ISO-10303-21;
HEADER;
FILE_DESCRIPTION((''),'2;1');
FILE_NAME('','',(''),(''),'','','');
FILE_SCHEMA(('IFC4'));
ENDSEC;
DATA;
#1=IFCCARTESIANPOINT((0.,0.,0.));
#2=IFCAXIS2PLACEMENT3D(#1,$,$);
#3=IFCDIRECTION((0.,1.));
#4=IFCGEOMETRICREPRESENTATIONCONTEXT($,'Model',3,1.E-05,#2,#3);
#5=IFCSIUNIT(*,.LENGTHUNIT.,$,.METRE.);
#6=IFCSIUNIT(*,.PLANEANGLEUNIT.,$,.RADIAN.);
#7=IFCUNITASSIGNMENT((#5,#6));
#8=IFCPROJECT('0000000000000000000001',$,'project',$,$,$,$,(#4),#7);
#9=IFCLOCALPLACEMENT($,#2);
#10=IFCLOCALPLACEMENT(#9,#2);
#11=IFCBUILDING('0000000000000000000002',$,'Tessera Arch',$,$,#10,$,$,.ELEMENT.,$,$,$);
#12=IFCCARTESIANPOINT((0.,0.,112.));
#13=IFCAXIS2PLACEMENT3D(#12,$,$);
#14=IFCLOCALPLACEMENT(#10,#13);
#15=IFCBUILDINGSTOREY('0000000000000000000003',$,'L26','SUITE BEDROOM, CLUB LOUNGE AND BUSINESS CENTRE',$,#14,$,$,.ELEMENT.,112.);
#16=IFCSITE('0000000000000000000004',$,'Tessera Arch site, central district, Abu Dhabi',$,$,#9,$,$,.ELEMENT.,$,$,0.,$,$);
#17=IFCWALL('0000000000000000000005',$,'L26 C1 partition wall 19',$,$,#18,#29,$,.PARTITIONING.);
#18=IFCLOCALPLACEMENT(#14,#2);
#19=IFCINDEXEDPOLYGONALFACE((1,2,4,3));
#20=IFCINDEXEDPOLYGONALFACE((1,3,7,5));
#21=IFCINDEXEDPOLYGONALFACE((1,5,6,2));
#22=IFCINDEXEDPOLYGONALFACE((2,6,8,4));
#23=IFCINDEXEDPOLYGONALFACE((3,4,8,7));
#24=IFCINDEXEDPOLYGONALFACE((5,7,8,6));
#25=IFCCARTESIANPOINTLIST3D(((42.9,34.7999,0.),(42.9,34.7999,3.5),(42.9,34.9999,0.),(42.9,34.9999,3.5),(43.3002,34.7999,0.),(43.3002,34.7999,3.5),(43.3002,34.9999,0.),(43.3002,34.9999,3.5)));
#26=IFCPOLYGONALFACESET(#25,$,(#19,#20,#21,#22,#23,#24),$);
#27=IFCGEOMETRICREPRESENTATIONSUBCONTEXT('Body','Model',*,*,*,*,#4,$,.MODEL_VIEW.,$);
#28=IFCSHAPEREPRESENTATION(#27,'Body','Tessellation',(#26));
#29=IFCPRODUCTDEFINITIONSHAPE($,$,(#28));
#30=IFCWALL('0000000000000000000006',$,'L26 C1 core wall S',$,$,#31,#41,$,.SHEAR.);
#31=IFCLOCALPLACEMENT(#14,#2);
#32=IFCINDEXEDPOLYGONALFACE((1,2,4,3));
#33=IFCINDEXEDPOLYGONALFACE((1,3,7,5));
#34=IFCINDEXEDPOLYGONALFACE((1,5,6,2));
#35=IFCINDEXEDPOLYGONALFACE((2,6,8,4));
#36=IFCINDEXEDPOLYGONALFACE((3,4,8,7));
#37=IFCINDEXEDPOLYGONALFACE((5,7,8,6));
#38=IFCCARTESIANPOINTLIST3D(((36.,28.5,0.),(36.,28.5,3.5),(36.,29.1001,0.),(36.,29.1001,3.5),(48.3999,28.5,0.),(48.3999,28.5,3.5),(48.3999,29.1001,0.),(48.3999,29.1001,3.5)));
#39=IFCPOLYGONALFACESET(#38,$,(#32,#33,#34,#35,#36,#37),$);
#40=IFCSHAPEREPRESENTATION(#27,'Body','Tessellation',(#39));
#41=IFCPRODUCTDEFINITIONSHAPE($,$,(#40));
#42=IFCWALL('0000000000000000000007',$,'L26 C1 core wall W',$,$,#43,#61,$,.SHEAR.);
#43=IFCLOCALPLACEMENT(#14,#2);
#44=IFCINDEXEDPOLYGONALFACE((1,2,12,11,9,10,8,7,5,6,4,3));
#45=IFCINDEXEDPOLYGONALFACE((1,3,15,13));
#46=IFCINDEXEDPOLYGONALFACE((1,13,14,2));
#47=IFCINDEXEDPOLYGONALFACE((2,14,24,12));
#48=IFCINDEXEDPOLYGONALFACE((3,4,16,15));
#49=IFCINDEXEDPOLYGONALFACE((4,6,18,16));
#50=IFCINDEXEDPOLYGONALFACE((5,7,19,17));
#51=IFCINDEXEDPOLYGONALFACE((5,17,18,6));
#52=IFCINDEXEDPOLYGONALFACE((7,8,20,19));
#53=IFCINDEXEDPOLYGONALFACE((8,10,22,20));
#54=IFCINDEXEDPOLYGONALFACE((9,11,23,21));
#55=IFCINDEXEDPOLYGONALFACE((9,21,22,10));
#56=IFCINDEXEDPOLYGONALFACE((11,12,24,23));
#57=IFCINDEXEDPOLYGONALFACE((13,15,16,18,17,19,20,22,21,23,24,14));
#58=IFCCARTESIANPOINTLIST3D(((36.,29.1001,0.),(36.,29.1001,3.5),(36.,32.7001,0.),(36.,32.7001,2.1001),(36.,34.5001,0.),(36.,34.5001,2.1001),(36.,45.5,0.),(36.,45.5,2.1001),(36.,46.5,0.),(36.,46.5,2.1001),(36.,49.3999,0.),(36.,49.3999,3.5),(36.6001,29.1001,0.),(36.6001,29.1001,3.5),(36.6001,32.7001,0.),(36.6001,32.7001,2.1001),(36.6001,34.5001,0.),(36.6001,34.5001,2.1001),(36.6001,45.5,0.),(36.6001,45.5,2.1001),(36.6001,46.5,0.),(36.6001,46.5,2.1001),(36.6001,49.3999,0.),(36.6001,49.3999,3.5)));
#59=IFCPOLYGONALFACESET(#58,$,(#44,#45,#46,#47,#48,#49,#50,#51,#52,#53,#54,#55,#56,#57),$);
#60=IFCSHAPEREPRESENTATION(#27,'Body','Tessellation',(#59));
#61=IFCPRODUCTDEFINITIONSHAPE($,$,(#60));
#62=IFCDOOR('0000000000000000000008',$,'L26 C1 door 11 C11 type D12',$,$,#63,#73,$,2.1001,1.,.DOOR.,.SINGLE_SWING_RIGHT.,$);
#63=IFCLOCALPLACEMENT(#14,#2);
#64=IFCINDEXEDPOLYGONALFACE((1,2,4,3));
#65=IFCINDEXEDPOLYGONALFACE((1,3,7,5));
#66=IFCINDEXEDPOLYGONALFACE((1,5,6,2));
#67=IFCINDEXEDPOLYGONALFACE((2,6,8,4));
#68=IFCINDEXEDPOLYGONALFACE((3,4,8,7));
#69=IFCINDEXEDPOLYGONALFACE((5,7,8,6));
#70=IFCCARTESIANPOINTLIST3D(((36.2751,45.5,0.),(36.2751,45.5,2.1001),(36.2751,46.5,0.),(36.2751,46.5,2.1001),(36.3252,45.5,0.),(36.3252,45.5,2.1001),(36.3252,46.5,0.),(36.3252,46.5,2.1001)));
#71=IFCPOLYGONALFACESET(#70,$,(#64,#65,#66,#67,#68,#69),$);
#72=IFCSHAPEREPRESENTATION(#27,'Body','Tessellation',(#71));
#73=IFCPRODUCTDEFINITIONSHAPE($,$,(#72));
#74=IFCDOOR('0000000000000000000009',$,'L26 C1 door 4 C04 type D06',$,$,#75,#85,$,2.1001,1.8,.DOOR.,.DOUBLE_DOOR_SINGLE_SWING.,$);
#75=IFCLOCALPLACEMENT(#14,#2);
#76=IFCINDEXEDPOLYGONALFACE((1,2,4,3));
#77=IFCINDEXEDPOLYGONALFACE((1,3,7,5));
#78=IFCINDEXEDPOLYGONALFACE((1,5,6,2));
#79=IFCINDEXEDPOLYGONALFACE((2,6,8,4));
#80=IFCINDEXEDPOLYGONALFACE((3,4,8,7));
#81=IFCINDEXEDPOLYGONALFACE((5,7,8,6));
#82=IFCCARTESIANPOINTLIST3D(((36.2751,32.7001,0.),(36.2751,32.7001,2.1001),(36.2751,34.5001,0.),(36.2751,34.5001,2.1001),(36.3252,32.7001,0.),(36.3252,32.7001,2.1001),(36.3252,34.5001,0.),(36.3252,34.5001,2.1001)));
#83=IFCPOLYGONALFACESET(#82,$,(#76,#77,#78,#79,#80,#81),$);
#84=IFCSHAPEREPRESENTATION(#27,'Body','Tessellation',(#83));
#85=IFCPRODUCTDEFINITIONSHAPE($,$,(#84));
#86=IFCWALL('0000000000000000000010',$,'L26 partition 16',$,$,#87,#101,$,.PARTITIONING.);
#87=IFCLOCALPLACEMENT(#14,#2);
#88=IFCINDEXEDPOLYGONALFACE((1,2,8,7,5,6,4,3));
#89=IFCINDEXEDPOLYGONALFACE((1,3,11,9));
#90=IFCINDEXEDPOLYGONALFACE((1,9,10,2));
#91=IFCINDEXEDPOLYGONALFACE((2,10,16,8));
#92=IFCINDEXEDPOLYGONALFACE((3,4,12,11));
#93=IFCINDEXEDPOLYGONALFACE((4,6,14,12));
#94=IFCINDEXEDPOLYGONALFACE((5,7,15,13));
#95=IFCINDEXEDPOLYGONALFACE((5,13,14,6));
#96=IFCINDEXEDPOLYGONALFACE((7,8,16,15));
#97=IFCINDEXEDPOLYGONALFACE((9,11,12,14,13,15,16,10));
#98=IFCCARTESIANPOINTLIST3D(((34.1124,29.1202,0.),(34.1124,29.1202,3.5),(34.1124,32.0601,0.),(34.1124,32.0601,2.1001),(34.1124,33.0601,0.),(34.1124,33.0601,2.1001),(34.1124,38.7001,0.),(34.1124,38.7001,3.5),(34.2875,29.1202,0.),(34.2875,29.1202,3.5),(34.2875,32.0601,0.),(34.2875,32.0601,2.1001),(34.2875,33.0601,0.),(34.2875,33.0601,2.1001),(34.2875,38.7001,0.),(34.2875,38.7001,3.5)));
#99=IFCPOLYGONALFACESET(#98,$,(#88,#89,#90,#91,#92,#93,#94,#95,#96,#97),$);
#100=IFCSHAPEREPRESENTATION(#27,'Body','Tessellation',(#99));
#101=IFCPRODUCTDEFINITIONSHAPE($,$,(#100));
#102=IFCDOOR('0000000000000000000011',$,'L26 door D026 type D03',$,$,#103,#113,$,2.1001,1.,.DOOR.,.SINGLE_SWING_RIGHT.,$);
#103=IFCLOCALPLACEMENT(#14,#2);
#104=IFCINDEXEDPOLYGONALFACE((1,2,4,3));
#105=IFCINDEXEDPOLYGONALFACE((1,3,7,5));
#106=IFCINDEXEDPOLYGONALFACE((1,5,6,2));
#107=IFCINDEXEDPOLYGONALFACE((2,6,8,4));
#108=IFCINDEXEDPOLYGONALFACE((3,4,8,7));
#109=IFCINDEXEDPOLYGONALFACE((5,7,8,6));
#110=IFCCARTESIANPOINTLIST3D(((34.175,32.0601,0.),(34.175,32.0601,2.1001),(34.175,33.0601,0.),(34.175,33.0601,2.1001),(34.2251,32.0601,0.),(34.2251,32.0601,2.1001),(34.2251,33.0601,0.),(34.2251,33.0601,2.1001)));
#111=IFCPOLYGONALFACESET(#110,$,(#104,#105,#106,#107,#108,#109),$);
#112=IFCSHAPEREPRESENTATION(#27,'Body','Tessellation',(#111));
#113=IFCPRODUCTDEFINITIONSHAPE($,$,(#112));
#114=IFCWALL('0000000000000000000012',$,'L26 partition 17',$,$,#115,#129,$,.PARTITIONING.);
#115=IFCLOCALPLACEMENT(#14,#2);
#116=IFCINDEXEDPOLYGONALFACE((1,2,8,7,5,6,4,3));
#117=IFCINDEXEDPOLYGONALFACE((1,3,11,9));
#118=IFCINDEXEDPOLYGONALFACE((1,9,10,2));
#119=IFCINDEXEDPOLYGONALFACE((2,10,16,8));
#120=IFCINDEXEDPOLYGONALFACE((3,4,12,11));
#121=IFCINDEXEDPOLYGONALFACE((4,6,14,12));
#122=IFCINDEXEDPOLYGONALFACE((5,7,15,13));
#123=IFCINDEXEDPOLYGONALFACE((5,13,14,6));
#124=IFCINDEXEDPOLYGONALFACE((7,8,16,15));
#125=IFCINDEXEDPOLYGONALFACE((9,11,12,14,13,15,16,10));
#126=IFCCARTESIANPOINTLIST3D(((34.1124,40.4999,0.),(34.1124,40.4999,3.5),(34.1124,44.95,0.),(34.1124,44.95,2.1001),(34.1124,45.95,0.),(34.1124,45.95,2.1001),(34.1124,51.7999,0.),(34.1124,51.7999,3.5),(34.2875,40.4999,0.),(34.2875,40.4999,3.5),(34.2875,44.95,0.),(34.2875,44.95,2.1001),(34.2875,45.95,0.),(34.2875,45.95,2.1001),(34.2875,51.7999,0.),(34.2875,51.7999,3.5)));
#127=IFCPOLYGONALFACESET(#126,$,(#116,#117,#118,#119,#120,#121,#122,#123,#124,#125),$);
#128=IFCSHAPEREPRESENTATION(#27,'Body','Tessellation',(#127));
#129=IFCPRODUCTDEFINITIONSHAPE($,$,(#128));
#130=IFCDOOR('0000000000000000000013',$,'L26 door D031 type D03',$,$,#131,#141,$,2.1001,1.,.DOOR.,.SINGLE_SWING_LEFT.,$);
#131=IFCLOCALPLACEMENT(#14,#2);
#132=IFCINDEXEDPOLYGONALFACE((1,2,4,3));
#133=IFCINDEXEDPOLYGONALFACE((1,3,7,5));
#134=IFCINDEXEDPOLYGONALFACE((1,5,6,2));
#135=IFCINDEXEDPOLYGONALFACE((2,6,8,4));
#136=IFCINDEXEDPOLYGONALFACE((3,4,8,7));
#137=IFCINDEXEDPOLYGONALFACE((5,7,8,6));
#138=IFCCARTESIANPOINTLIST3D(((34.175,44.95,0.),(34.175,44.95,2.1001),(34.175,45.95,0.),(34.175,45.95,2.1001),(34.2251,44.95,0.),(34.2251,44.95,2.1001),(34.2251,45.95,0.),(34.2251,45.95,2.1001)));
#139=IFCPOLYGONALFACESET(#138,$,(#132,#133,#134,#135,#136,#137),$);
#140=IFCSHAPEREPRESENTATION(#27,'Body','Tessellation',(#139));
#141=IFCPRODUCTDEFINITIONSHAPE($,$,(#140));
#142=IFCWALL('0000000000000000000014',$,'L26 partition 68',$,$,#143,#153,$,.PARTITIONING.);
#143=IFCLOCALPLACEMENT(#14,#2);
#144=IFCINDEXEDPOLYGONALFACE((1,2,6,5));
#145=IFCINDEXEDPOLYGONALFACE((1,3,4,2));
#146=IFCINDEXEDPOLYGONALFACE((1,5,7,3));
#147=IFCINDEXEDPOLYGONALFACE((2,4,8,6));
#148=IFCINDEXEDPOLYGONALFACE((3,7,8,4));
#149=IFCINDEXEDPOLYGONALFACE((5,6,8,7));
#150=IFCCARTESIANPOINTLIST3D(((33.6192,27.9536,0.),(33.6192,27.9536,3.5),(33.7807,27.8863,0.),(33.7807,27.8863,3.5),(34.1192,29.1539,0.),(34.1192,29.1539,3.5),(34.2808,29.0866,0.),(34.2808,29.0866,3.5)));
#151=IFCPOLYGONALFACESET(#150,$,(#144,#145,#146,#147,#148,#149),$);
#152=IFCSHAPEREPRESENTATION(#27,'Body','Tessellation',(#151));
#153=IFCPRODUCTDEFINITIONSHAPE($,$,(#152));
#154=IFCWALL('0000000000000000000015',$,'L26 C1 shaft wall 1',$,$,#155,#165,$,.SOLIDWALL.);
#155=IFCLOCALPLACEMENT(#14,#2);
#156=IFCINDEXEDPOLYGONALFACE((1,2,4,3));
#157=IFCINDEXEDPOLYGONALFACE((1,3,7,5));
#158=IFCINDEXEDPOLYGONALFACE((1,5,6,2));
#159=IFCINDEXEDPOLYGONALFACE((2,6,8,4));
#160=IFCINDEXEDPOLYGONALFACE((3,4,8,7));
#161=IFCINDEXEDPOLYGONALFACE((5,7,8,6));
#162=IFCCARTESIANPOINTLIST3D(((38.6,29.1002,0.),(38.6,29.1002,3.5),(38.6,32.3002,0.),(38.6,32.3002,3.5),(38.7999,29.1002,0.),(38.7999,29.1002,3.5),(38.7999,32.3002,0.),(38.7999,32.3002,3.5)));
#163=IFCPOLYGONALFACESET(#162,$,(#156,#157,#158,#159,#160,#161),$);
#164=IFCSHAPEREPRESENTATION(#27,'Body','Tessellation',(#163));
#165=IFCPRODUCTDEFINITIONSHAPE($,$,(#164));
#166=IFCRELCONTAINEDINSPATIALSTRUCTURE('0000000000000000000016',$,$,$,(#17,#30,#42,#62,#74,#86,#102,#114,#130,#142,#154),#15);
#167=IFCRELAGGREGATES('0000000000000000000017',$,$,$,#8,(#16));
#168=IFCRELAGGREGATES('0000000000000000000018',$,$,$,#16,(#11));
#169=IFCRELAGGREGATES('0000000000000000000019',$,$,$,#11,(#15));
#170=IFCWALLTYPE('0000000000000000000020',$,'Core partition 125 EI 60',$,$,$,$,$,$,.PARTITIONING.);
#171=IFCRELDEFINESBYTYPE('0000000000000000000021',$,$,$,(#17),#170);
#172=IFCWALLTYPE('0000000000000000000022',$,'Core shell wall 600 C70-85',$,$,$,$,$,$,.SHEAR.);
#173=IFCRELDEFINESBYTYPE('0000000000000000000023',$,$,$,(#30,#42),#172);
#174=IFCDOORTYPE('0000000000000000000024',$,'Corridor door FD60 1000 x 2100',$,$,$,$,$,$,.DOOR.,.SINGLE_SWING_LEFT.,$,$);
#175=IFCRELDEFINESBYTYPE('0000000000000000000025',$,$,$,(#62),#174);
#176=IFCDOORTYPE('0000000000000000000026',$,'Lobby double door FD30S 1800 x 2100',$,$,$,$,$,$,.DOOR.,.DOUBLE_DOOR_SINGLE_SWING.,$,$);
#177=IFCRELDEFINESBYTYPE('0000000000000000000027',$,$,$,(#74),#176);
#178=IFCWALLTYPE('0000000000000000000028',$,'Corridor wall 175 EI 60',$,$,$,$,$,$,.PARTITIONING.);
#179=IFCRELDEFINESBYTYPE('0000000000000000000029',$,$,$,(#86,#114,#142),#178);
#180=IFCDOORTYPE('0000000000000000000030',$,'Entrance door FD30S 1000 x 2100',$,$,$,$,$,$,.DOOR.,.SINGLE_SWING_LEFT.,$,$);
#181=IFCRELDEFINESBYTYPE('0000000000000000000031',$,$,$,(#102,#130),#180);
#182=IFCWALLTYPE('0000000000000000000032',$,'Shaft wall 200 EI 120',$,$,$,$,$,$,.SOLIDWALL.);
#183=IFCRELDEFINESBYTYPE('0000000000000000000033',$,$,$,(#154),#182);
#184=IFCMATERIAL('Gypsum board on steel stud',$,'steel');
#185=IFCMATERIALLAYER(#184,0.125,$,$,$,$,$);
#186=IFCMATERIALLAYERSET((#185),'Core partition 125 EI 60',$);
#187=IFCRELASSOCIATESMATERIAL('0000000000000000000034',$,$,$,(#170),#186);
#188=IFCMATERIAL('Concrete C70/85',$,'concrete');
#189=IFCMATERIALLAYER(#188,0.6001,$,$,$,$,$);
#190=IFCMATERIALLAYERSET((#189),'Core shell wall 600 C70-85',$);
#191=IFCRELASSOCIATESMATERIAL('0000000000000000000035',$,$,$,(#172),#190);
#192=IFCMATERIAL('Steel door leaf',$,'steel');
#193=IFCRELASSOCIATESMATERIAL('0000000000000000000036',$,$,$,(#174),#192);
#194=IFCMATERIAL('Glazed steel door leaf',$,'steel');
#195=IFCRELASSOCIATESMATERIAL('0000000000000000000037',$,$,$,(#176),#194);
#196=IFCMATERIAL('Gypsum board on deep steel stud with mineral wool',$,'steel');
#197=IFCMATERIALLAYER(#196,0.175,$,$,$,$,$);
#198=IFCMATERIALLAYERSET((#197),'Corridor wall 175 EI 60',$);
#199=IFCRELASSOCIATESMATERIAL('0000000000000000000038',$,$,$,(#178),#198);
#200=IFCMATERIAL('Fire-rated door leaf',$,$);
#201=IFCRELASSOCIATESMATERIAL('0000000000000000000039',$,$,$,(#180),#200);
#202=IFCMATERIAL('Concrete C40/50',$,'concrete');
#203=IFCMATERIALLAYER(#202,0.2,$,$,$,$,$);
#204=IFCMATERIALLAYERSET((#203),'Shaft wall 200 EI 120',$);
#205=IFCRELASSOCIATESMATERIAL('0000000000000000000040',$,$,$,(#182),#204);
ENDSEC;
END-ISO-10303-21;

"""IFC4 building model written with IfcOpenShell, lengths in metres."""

from ifc_helpers import new_model, si_unit, direction, frame, frame_2d, origin, place, context, subcontext, project, spatial, rectangle, extrude, material, layer, layer_set, type_object, element, fill, save


model = new_model("IFC4")

# Units and contexts
model_context = context("Model", 3, precision=1e-05, world=origin(), true_north=direction((0.0, 1.0)))
body_context = subcontext(model_context, "Body", "Model", "MODEL_VIEW")
ifc_project = project(units=[si_unit("LENGTHUNIT", "METRE"), si_unit("PLANEANGLEUNIT", "RADIAN")], contexts=[model_context])

# Site, building, storey
site_placement = place(None, origin())
site = spatial("IfcSite", under=ifc_project, at=site_placement, Name="Tessera Arch site, central district, Abu Dhabi", CompositionType="ELEMENT", RefElevation=0.0)
building_placement = place(site_placement, origin())
building = spatial("IfcBuilding", under=site, at=building_placement, Name="Tessera Arch", CompositionType="ELEMENT")
storey_placement = place(building_placement, frame((0.0, 0.0, 112.0)))
storey = spatial("IfcBuildingStorey", under=building, at=storey_placement, Name="L26", Description="SUITE BEDROOM, CLUB LOUNGE AND BUSINESS CENTRE", CompositionType="ELEMENT", Elevation=112.0)

# Walls
ifc_material_1 = material(Name="Gypsum board on steel stud", Category="steel")
ifc_layer_1 = layer(ifc_material_1, 0.125)
ifc_layer_set_1 = layer_set([ifc_layer_1], Name="Core partition 125 EI 60")
wall_type_1 = type_object("IfcWallType", Name="Core partition 125 EI 60", PredefinedType="PARTITIONING", material=ifc_layer_set_1)
wall_1_placement = place(storey_placement, frame((42.8999, 34.8999, 0.0), z_axis=(0.0, 0.0, 1.0), x_axis=(1.0, 0.0, 0.0)))
element("IfcWall", 1, at=wall_1_placement, inside=storey, type_object=wall_type_1, Name="L26 C1 partition wall 19", PredefinedType="PARTITIONING", context=body_context, shape_type="SweptSolid", body=[
    extrude(rectangle(XDim=0.4001, YDim=0.2, at=frame_2d((0.2002, 0.0))), origin(), (0.0, 0.0, 1.0), 3.5),
])
ifc_material_2 = material(Name="Concrete C70/85", Category="concrete")
ifc_layer_2 = layer(ifc_material_2, 0.6001)
ifc_layer_set_2 = layer_set([ifc_layer_2], Name="Core shell wall 600 C70-85")
wall_type_2 = type_object("IfcWallType", Name="Core shell wall 600 C70-85", PredefinedType="SHEAR", material=ifc_layer_set_2)
wall_2_placement = place(storey_placement, frame((36.0, 28.8, 0.0), z_axis=(0.0, 0.0, 1.0), x_axis=(1.0, 0.0, 0.0)))
element("IfcWall", 2, at=wall_2_placement, inside=storey, type_object=wall_type_2, Name="L26 C1 core wall S", PredefinedType="SHEAR", context=body_context, shape_type="SweptSolid", body=[
    extrude(rectangle(XDim=12.3999, YDim=0.6001, at=frame_2d((6.2, 0.0))), origin(), (0.0, 0.0, 1.0), 3.5),
])

# Wall, openings, doors
wall_3_placement = place(storey_placement, frame((36.3, 29.1001, 0.0), z_axis=(0.0, 0.0, 1.0), x_axis=(0.0, 1.0, 0.0)))
wall_3 = element("IfcWall", 3, at=wall_3_placement, inside=storey, type_object=wall_type_2, Name="L26 C1 core wall W", PredefinedType="SHEAR", context=body_context, shape_type="SweptSolid", body=[
    extrude(rectangle(XDim=20.2998, YDim=0.6001, at=frame_2d((10.1499, 0.0))), origin(), (0.0, 0.0, 1.0), 3.5),
])
opening_1_placement = place(wall_3_placement, frame((3.6001, 0.0, 0.0)))
opening_1 = element("IfcOpeningElement", 4, at=opening_1_placement, cuts=wall_3, PredefinedType="OPENING", context=body_context, shape_type="SweptSolid", body=[
    extrude(rectangle(XDim=1.8, YDim=2.1001, at=frame_2d((0.8999, 1.05))), frame((0.0, 0.3101, 0.0), z_axis=(0.0, -1.0, 0.0), x_axis=(1.0, 0.0, 0.0)), (0.0, 0.0, 1.0), 0.6201),
])
opening_2_placement = place(wall_3_placement, frame((16.3999, 0.0, 0.0)))
opening_2 = element("IfcOpeningElement", 5, at=opening_2_placement, cuts=wall_3, PredefinedType="OPENING", context=body_context, shape_type="SweptSolid", body=[
    extrude(rectangle(XDim=1.0, YDim=2.1001, at=frame_2d((0.5, 1.05))), frame((0.0, 0.3101, 0.0), z_axis=(0.0, -1.0, 0.0), x_axis=(1.0, 0.0, 0.0)), (0.0, 0.0, 1.0), 0.6201),
])
ifc_material_3 = material(Name="Steel door leaf", Category="steel")
door_type_1 = type_object("IfcDoorType", Name="Corridor door FD60 1000 x 2100", OperationType="SINGLE_SWING_LEFT", PredefinedType="DOOR", material=ifc_material_3)
door_1_placement = place(opening_2_placement, origin())
door_1 = element("IfcDoor", 6, at=door_1_placement, inside=storey, type_object=door_type_1, Name="L26 C1 door 11 C11 type D12", OperationType="SINGLE_SWING_RIGHT", OverallHeight=2.1001, OverallWidth=1.0, PredefinedType="DOOR", context=body_context, shape_type="SweptSolid", body=[
    extrude(rectangle(XDim=1.0, YDim=2.1001, at=frame_2d((0.5, 1.05))), frame((0.0, 0.0249, 0.0), z_axis=(0.0, -1.0, 0.0), x_axis=(1.0, 0.0, 0.0)), (0.0, 0.0, 1.0), 0.05),
])
fill(opening_2, door_1)
ifc_material_4 = material(Name="Glazed steel door leaf", Category="steel")
door_type_2 = type_object("IfcDoorType", Name="Lobby double door FD30S 1800 x 2100", OperationType="DOUBLE_DOOR_SINGLE_SWING", PredefinedType="DOOR", material=ifc_material_4)
door_2_placement = place(opening_1_placement, origin())
door_2 = element("IfcDoor", 7, at=door_2_placement, inside=storey, type_object=door_type_2, Name="L26 C1 door 4 C04 type D06", OperationType="DOUBLE_DOOR_SINGLE_SWING", OverallHeight=2.1001, OverallWidth=1.8, PredefinedType="DOOR", context=body_context, shape_type="SweptSolid", body=[
    extrude(rectangle(XDim=1.8, YDim=2.1001, at=frame_2d((0.8999, 1.05))), frame((0.0, 0.0249, 0.0), z_axis=(0.0, -1.0, 0.0), x_axis=(1.0, 0.0, 0.0)), (0.0, 0.0, 1.0), 0.05),
])
fill(opening_1, door_2)

# Walls, openings, doors
ifc_material_5 = material(Name="Gypsum board on deep steel stud with mineral wool", Category="steel")
ifc_layer_3 = layer(ifc_material_5, 0.175)
ifc_layer_set_3 = layer_set([ifc_layer_3], Name="Corridor wall 175 EI 60")
wall_type_3 = type_object("IfcWallType", Name="Corridor wall 175 EI 60", PredefinedType="PARTITIONING", material=ifc_layer_set_3)
wall_4_placement = place(storey_placement, frame((34.2, 29.1201, 0.0), z_axis=(0.0, 0.0, 1.0), x_axis=(0.0, 1.0, 0.0)))
wall_4 = element("IfcWall", 8, at=wall_4_placement, inside=storey, type_object=wall_type_3, Name="L26 partition 16", PredefinedType="PARTITIONING", context=body_context, shape_type="SweptSolid", body=[
    extrude(rectangle(XDim=9.5798, YDim=0.175, at=frame_2d((4.79, 0.0))), origin(), (0.0, 0.0, 1.0), 3.5),
])
opening_3_placement = place(wall_4_placement, frame((2.9399, 0.0, 0.0)))
opening_3 = element("IfcOpeningElement", 9, at=opening_3_placement, cuts=wall_4, PredefinedType="OPENING", context=body_context, shape_type="SweptSolid", body=[
    extrude(rectangle(XDim=1.0, YDim=2.1001, at=frame_2d((0.5, 1.05))), frame((0.0, 0.0974, 0.0), z_axis=(0.0, -1.0, 0.0), x_axis=(1.0, 0.0, 0.0)), (0.0, 0.0, 1.0), 0.1951),
])
ifc_material_6 = material(Name="Fire-rated door leaf")
door_type_3 = type_object("IfcDoorType", Name="Entrance door FD30S 1000 x 2100", OperationType="SINGLE_SWING_LEFT", PredefinedType="DOOR", material=ifc_material_6)
door_3_placement = place(opening_3_placement, origin())
door_3 = element("IfcDoor", 10, at=door_3_placement, inside=storey, type_object=door_type_3, Name="L26 door D026 type D03", OperationType="SINGLE_SWING_RIGHT", OverallHeight=2.1001, OverallWidth=1.0, PredefinedType="DOOR", context=body_context, shape_type="SweptSolid", body=[
    extrude(rectangle(XDim=1.0, YDim=2.1001, at=frame_2d((0.5, 1.05))), frame((0.0, 0.0249, 0.0), z_axis=(0.0, -1.0, 0.0), x_axis=(1.0, 0.0, 0.0)), (0.0, 0.0, 1.0), 0.05),
])
fill(opening_3, door_3)
wall_5_placement = place(storey_placement, frame((34.2, 40.5, 0.0), z_axis=(0.0, 0.0, 1.0), x_axis=(0.0, 1.0, 0.0)))
wall_5 = element("IfcWall", 11, at=wall_5_placement, inside=storey, type_object=wall_type_3, Name="L26 partition 17", PredefinedType="PARTITIONING", context=body_context, shape_type="SweptSolid", body=[
    extrude(rectangle(XDim=11.3, YDim=0.175, at=frame_2d((5.6499, 0.0))), origin(), (0.0, 0.0, 1.0), 3.5),
])
opening_4_placement = place(wall_5_placement, frame((4.45, 0.0, 0.0)))
opening_4 = element("IfcOpeningElement", 12, at=opening_4_placement, cuts=wall_5, PredefinedType="OPENING", context=body_context, shape_type="SweptSolid", body=[
    extrude(rectangle(XDim=1.0, YDim=2.1001, at=frame_2d((0.5, 1.05))), frame((0.0, 0.0974, 0.0), z_axis=(0.0, -1.0, 0.0), x_axis=(1.0, 0.0, 0.0)), (0.0, 0.0, 1.0), 0.1951),
])
door_4_placement = place(opening_4_placement, origin())
door_4 = element("IfcDoor", 13, at=door_4_placement, inside=storey, type_object=door_type_3, Name="L26 door D031 type D03", OperationType="SINGLE_SWING_LEFT", OverallHeight=2.1001, OverallWidth=1.0, PredefinedType="DOOR", context=body_context, shape_type="SweptSolid", body=[
    extrude(rectangle(XDim=1.0, YDim=2.1001, at=frame_2d((0.5, 1.05))), frame((0.0, 0.0249, 0.0), z_axis=(0.0, -1.0, 0.0), x_axis=(1.0, 0.0, 0.0)), (0.0, 0.0, 1.0), 0.05),
])
fill(opening_4, door_4)

# Walls
wall_6_placement = place(storey_placement, frame((33.7, 27.9199, 0.0), z_axis=(0.0, 0.0, 1.0), x_axis=(0.384562, 0.923099, 0.0)))
element("IfcWall", 14, at=wall_6_placement, inside=storey, type_object=wall_type_3, Name="L26 partition 68", PredefinedType="PARTITIONING", context=body_context, shape_type="SweptSolid", body=[
    extrude(rectangle(XDim=1.3003, YDim=0.175, at=frame_2d((0.6501, 0.0))), origin(), (0.0, 0.0, 1.0), 3.5),
])
ifc_material_7 = material(Name="Concrete C40/50", Category="concrete")
ifc_layer_4 = layer(ifc_material_7, 0.2)
ifc_layer_set_4 = layer_set([ifc_layer_4], Name="Shaft wall 200 EI 120")
wall_type_4 = type_object("IfcWallType", Name="Shaft wall 200 EI 120", PredefinedType="SOLIDWALL", material=ifc_layer_set_4)
wall_7_placement = place(storey_placement, frame((38.7, 29.1001, 0.0), z_axis=(0.0, 0.0, 1.0), x_axis=(0.0, 1.0, 0.0)))
element("IfcWall", 15, at=wall_7_placement, inside=storey, type_object=wall_type_4, Name="L26 C1 shaft wall 1", PredefinedType="SOLIDWALL", context=body_context, shape_type="SweptSolid", body=[
    extrude(rectangle(XDim=3.2, YDim=0.2, at=frame_2d((1.6001, 0.0))), origin(), (0.0, 0.0, 1.0), 3.5),
])

save(model, "model.ifc")
